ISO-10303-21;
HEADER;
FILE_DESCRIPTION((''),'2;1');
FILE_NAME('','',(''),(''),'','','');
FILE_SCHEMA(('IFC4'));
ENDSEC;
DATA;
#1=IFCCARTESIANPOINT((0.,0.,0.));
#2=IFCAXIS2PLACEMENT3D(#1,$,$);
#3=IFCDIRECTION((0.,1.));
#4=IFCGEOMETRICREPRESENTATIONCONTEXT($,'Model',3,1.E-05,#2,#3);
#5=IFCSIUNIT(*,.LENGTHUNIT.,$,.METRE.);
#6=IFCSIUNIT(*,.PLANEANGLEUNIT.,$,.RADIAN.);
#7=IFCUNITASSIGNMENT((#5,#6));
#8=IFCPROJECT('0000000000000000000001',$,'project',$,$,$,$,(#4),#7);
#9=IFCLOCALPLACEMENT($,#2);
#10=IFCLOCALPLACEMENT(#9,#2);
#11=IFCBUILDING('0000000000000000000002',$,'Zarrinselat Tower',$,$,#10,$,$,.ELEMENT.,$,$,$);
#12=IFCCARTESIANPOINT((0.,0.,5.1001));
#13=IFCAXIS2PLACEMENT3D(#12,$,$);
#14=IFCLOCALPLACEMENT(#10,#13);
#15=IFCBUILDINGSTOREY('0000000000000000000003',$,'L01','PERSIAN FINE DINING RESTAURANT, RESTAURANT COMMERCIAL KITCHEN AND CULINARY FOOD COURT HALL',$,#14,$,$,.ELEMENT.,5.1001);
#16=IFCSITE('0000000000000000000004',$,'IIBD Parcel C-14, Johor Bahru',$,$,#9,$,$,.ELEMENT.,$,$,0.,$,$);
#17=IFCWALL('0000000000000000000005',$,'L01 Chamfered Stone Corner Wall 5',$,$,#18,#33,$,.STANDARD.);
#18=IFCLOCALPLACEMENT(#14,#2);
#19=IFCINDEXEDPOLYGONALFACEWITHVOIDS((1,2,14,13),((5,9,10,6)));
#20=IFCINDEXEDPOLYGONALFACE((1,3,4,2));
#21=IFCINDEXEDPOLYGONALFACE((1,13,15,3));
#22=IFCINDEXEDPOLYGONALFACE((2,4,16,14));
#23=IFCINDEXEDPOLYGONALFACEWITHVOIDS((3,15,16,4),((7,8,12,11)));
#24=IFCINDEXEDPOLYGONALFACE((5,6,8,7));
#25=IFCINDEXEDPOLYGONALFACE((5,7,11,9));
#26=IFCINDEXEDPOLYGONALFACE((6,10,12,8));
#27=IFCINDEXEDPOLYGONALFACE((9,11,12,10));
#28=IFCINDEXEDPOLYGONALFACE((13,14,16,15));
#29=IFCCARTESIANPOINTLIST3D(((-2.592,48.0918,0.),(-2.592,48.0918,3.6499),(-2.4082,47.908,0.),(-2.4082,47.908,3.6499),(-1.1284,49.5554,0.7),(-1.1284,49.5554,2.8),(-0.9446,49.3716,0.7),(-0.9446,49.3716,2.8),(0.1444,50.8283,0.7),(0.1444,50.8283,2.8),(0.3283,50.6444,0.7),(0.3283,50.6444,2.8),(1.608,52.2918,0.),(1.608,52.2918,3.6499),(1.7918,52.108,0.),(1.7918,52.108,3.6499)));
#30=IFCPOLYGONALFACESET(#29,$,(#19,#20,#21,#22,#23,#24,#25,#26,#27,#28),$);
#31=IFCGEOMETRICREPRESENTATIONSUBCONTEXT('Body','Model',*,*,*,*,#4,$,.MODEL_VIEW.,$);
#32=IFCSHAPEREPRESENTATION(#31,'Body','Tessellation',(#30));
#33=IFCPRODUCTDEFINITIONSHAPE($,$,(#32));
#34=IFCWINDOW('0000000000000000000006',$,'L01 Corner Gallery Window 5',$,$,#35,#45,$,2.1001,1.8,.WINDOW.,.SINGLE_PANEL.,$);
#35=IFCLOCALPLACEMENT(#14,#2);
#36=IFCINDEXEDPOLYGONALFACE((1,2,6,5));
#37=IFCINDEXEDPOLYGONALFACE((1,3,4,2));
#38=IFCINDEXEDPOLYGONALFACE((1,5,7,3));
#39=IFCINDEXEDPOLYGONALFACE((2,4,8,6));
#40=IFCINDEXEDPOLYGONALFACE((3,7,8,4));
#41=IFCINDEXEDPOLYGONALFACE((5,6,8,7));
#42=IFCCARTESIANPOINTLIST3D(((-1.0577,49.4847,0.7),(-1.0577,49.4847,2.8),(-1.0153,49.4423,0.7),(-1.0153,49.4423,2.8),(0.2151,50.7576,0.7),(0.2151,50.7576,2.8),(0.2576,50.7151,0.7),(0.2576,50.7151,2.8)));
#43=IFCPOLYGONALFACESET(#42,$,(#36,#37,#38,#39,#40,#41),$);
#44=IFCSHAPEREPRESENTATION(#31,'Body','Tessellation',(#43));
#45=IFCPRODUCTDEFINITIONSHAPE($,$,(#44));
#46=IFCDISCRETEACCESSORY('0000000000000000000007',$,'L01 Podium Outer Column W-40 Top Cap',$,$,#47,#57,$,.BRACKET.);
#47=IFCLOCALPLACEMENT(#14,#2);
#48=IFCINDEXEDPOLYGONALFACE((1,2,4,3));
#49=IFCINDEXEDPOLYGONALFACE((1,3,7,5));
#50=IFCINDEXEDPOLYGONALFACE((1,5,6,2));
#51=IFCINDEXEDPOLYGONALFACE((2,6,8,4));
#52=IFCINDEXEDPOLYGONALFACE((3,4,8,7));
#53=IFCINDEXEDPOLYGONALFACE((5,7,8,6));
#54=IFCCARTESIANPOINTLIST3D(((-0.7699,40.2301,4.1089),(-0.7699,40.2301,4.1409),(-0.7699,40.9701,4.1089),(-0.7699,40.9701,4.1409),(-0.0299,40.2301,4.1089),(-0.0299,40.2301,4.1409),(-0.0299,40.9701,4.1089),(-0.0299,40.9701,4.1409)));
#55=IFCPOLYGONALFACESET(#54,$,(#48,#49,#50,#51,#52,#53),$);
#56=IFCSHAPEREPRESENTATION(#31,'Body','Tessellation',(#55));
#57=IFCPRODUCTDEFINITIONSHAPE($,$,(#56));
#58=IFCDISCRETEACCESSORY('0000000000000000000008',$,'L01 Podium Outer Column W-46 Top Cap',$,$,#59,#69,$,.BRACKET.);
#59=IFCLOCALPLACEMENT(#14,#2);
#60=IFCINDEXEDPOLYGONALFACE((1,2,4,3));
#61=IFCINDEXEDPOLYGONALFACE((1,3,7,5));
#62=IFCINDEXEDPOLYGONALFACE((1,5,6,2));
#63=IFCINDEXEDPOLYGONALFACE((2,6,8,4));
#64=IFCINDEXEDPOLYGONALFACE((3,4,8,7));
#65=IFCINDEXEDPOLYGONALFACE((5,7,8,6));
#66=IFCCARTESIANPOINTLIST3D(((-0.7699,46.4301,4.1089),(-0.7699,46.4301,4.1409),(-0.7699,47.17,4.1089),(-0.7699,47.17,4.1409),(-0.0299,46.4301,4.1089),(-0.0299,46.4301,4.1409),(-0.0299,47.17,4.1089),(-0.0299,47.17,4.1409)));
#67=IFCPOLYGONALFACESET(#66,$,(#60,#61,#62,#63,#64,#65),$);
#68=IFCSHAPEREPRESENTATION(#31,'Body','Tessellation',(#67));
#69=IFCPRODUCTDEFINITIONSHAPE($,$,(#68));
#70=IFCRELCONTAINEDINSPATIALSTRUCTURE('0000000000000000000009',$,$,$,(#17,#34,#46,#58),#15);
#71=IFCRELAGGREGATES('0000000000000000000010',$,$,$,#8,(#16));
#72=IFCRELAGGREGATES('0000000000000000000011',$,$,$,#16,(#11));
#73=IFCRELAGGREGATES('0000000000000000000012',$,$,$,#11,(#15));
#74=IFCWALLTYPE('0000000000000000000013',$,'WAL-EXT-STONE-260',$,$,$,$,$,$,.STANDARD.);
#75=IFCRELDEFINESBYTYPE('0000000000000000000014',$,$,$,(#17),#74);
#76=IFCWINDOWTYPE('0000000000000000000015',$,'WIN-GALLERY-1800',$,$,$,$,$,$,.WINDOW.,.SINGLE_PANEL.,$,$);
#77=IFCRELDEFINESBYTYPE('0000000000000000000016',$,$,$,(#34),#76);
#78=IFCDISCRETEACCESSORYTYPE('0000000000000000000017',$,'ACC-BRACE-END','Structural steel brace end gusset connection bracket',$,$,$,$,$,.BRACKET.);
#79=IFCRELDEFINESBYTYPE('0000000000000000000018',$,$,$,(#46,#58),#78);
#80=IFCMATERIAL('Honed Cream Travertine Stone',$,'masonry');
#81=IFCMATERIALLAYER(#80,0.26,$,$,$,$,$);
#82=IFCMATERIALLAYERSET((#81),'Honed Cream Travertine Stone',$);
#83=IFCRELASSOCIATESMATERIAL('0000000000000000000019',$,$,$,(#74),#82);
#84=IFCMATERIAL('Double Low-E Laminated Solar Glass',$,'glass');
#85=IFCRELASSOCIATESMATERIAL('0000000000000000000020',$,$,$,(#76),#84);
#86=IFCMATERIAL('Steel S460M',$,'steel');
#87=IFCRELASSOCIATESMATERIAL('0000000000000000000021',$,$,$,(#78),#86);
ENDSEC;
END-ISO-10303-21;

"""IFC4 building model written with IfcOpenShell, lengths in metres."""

from ifc_helpers import new_model, si_unit, direction, frame, frame_2d, origin, origin_2d, place, context, subcontext, project, spatial, rectangle, extrude, material, layer, layer_set, type_object, element, fill, save


model = new_model("IFC4")

# Units and contexts
model_context = context("Model", 3, precision=1e-05, world=origin(), true_north=direction((0.0, 1.0)))
body_context = subcontext(model_context, "Body", "Model", "MODEL_VIEW")
ifc_project = project(units=[si_unit("LENGTHUNIT", "METRE"), si_unit("PLANEANGLEUNIT", "RADIAN")], contexts=[model_context])

# Site, building, storey
site_placement = place(None, origin())
site = spatial("IfcSite", under=ifc_project, at=site_placement, Name="IIBD Parcel C-14, Johor Bahru", CompositionType="ELEMENT", RefElevation=0.0)
building_placement = place(site_placement, origin())
building = spatial("IfcBuilding", under=site, at=building_placement, Name="Zarrinselat Tower", CompositionType="ELEMENT")
storey_placement = place(building_placement, frame((0.0, 0.0, 5.1001)))
storey = spatial("IfcBuildingStorey", under=building, at=storey_placement, Name="L01", Description="PERSIAN FINE DINING RESTAURANT, RESTAURANT COMMERCIAL KITCHEN AND CULINARY FOOD COURT HALL", CompositionType="ELEMENT", Elevation=5.1001)

# Wall, opening, window
ifc_material_1 = material(Name="Honed Cream Travertine Stone", Category="masonry")
ifc_layer_1 = layer(ifc_material_1, 0.26)
ifc_layer_set_1 = layer_set([ifc_layer_1], Name="Honed Cream Travertine Stone")
wall_type = type_object("IfcWallType", Name="WAL-EXT-STONE-260", PredefinedType="STANDARD", material=ifc_layer_set_1)
wall_placement = place(storey_placement, frame((-2.5, 48.0, 0.0), z_axis=(0.0, 0.0, 1.0), x_axis=(0.707107, 0.707107, 0.0)))
wall = element("IfcWall", 1, at=wall_placement, inside=storey, type_object=wall_type, Name="L01 Chamfered Stone Corner Wall 5", PredefinedType="STANDARD", context=body_context, shape_type="SweptSolid", body=[
    extrude(rectangle(XDim=5.9397, YDim=0.26, at=frame_2d((2.9697, 0.0))), origin(), (0.0, 0.0, 1.0), 3.6499),
])
opening_placement = place(wall_placement, frame((2.0698, 0.0, 0.7)))
opening = element("IfcOpeningElement", 2, at=opening_placement, cuts=wall, PredefinedType="OPENING", context=body_context, shape_type="SweptSolid", body=[
    extrude(rectangle(XDim=1.8, YDim=2.1001, at=frame_2d((0.8999, 1.05))), frame((0.0, 0.1399, 0.0), z_axis=(0.0, -1.0, 0.0), x_axis=(1.0, 0.0, 0.0)), (0.0, 0.0, 1.0), 0.28),
])
ifc_material_2 = material(Name="Double Low-E Laminated Solar Glass", Category="glass")
window_type = type_object("IfcWindowType", Name="WIN-GALLERY-1800", PartitioningType="SINGLE_PANEL", PredefinedType="WINDOW", material=ifc_material_2)
window_placement = place(opening_placement, origin())
window = element("IfcWindow", 3, at=window_placement, inside=storey, type_object=window_type, Name="L01 Corner Gallery Window 5", OverallHeight=2.1001, OverallWidth=1.8, PartitioningType="SINGLE_PANEL", PredefinedType="WINDOW", context=body_context, shape_type="SweptSolid", body=[
    extrude(rectangle(XDim=1.8, YDim=2.1001, at=frame_2d((0.8999, 1.05))), frame((0.0, 0.03, 0.0), z_axis=(0.0, -1.0, 0.0), x_axis=(1.0, 0.0, 0.0)), (0.0, 0.0, 1.0), 0.0601),
])
fill(opening, window)

# Discrete accessories
ifc_material_3 = material(Name="Steel S460M", Category="steel")
discrete_accessory_type = type_object("IfcDiscreteAccessoryType", Name="ACC-BRACE-END", Description="Structural steel brace end gusset connection bracket", PredefinedType="BRACKET", material=ifc_material_3)
for number, where, z_axis, x_axis, name in (
    (4, (-0.3999, 40.6001, 4.1089), (0.0, 0.0, 1.0), (1.0, 0.0, 0.0), "L01 Podium Outer Column W-40 Top Cap"),
    (5, (-0.3999, 46.8, 4.1089), (0.0, 0.0, 1.0), (1.0, 0.0, 0.0), "L01 Podium Outer Column W-46 Top Cap"),
):
    element("IfcDiscreteAccessory", number, at=place(storey_placement, frame(where, z_axis=z_axis, x_axis=x_axis)), inside=storey, type_object=discrete_accessory_type, Name=name, PredefinedType="BRACKET", context=body_context, shape_type="SweptSolid", body=[
        extrude(rectangle(XDim=0.74, YDim=0.74, at=origin_2d()), origin(), (0.0, 0.0, 1.0), 0.032),
    ])

save(model, "model.ifc")
